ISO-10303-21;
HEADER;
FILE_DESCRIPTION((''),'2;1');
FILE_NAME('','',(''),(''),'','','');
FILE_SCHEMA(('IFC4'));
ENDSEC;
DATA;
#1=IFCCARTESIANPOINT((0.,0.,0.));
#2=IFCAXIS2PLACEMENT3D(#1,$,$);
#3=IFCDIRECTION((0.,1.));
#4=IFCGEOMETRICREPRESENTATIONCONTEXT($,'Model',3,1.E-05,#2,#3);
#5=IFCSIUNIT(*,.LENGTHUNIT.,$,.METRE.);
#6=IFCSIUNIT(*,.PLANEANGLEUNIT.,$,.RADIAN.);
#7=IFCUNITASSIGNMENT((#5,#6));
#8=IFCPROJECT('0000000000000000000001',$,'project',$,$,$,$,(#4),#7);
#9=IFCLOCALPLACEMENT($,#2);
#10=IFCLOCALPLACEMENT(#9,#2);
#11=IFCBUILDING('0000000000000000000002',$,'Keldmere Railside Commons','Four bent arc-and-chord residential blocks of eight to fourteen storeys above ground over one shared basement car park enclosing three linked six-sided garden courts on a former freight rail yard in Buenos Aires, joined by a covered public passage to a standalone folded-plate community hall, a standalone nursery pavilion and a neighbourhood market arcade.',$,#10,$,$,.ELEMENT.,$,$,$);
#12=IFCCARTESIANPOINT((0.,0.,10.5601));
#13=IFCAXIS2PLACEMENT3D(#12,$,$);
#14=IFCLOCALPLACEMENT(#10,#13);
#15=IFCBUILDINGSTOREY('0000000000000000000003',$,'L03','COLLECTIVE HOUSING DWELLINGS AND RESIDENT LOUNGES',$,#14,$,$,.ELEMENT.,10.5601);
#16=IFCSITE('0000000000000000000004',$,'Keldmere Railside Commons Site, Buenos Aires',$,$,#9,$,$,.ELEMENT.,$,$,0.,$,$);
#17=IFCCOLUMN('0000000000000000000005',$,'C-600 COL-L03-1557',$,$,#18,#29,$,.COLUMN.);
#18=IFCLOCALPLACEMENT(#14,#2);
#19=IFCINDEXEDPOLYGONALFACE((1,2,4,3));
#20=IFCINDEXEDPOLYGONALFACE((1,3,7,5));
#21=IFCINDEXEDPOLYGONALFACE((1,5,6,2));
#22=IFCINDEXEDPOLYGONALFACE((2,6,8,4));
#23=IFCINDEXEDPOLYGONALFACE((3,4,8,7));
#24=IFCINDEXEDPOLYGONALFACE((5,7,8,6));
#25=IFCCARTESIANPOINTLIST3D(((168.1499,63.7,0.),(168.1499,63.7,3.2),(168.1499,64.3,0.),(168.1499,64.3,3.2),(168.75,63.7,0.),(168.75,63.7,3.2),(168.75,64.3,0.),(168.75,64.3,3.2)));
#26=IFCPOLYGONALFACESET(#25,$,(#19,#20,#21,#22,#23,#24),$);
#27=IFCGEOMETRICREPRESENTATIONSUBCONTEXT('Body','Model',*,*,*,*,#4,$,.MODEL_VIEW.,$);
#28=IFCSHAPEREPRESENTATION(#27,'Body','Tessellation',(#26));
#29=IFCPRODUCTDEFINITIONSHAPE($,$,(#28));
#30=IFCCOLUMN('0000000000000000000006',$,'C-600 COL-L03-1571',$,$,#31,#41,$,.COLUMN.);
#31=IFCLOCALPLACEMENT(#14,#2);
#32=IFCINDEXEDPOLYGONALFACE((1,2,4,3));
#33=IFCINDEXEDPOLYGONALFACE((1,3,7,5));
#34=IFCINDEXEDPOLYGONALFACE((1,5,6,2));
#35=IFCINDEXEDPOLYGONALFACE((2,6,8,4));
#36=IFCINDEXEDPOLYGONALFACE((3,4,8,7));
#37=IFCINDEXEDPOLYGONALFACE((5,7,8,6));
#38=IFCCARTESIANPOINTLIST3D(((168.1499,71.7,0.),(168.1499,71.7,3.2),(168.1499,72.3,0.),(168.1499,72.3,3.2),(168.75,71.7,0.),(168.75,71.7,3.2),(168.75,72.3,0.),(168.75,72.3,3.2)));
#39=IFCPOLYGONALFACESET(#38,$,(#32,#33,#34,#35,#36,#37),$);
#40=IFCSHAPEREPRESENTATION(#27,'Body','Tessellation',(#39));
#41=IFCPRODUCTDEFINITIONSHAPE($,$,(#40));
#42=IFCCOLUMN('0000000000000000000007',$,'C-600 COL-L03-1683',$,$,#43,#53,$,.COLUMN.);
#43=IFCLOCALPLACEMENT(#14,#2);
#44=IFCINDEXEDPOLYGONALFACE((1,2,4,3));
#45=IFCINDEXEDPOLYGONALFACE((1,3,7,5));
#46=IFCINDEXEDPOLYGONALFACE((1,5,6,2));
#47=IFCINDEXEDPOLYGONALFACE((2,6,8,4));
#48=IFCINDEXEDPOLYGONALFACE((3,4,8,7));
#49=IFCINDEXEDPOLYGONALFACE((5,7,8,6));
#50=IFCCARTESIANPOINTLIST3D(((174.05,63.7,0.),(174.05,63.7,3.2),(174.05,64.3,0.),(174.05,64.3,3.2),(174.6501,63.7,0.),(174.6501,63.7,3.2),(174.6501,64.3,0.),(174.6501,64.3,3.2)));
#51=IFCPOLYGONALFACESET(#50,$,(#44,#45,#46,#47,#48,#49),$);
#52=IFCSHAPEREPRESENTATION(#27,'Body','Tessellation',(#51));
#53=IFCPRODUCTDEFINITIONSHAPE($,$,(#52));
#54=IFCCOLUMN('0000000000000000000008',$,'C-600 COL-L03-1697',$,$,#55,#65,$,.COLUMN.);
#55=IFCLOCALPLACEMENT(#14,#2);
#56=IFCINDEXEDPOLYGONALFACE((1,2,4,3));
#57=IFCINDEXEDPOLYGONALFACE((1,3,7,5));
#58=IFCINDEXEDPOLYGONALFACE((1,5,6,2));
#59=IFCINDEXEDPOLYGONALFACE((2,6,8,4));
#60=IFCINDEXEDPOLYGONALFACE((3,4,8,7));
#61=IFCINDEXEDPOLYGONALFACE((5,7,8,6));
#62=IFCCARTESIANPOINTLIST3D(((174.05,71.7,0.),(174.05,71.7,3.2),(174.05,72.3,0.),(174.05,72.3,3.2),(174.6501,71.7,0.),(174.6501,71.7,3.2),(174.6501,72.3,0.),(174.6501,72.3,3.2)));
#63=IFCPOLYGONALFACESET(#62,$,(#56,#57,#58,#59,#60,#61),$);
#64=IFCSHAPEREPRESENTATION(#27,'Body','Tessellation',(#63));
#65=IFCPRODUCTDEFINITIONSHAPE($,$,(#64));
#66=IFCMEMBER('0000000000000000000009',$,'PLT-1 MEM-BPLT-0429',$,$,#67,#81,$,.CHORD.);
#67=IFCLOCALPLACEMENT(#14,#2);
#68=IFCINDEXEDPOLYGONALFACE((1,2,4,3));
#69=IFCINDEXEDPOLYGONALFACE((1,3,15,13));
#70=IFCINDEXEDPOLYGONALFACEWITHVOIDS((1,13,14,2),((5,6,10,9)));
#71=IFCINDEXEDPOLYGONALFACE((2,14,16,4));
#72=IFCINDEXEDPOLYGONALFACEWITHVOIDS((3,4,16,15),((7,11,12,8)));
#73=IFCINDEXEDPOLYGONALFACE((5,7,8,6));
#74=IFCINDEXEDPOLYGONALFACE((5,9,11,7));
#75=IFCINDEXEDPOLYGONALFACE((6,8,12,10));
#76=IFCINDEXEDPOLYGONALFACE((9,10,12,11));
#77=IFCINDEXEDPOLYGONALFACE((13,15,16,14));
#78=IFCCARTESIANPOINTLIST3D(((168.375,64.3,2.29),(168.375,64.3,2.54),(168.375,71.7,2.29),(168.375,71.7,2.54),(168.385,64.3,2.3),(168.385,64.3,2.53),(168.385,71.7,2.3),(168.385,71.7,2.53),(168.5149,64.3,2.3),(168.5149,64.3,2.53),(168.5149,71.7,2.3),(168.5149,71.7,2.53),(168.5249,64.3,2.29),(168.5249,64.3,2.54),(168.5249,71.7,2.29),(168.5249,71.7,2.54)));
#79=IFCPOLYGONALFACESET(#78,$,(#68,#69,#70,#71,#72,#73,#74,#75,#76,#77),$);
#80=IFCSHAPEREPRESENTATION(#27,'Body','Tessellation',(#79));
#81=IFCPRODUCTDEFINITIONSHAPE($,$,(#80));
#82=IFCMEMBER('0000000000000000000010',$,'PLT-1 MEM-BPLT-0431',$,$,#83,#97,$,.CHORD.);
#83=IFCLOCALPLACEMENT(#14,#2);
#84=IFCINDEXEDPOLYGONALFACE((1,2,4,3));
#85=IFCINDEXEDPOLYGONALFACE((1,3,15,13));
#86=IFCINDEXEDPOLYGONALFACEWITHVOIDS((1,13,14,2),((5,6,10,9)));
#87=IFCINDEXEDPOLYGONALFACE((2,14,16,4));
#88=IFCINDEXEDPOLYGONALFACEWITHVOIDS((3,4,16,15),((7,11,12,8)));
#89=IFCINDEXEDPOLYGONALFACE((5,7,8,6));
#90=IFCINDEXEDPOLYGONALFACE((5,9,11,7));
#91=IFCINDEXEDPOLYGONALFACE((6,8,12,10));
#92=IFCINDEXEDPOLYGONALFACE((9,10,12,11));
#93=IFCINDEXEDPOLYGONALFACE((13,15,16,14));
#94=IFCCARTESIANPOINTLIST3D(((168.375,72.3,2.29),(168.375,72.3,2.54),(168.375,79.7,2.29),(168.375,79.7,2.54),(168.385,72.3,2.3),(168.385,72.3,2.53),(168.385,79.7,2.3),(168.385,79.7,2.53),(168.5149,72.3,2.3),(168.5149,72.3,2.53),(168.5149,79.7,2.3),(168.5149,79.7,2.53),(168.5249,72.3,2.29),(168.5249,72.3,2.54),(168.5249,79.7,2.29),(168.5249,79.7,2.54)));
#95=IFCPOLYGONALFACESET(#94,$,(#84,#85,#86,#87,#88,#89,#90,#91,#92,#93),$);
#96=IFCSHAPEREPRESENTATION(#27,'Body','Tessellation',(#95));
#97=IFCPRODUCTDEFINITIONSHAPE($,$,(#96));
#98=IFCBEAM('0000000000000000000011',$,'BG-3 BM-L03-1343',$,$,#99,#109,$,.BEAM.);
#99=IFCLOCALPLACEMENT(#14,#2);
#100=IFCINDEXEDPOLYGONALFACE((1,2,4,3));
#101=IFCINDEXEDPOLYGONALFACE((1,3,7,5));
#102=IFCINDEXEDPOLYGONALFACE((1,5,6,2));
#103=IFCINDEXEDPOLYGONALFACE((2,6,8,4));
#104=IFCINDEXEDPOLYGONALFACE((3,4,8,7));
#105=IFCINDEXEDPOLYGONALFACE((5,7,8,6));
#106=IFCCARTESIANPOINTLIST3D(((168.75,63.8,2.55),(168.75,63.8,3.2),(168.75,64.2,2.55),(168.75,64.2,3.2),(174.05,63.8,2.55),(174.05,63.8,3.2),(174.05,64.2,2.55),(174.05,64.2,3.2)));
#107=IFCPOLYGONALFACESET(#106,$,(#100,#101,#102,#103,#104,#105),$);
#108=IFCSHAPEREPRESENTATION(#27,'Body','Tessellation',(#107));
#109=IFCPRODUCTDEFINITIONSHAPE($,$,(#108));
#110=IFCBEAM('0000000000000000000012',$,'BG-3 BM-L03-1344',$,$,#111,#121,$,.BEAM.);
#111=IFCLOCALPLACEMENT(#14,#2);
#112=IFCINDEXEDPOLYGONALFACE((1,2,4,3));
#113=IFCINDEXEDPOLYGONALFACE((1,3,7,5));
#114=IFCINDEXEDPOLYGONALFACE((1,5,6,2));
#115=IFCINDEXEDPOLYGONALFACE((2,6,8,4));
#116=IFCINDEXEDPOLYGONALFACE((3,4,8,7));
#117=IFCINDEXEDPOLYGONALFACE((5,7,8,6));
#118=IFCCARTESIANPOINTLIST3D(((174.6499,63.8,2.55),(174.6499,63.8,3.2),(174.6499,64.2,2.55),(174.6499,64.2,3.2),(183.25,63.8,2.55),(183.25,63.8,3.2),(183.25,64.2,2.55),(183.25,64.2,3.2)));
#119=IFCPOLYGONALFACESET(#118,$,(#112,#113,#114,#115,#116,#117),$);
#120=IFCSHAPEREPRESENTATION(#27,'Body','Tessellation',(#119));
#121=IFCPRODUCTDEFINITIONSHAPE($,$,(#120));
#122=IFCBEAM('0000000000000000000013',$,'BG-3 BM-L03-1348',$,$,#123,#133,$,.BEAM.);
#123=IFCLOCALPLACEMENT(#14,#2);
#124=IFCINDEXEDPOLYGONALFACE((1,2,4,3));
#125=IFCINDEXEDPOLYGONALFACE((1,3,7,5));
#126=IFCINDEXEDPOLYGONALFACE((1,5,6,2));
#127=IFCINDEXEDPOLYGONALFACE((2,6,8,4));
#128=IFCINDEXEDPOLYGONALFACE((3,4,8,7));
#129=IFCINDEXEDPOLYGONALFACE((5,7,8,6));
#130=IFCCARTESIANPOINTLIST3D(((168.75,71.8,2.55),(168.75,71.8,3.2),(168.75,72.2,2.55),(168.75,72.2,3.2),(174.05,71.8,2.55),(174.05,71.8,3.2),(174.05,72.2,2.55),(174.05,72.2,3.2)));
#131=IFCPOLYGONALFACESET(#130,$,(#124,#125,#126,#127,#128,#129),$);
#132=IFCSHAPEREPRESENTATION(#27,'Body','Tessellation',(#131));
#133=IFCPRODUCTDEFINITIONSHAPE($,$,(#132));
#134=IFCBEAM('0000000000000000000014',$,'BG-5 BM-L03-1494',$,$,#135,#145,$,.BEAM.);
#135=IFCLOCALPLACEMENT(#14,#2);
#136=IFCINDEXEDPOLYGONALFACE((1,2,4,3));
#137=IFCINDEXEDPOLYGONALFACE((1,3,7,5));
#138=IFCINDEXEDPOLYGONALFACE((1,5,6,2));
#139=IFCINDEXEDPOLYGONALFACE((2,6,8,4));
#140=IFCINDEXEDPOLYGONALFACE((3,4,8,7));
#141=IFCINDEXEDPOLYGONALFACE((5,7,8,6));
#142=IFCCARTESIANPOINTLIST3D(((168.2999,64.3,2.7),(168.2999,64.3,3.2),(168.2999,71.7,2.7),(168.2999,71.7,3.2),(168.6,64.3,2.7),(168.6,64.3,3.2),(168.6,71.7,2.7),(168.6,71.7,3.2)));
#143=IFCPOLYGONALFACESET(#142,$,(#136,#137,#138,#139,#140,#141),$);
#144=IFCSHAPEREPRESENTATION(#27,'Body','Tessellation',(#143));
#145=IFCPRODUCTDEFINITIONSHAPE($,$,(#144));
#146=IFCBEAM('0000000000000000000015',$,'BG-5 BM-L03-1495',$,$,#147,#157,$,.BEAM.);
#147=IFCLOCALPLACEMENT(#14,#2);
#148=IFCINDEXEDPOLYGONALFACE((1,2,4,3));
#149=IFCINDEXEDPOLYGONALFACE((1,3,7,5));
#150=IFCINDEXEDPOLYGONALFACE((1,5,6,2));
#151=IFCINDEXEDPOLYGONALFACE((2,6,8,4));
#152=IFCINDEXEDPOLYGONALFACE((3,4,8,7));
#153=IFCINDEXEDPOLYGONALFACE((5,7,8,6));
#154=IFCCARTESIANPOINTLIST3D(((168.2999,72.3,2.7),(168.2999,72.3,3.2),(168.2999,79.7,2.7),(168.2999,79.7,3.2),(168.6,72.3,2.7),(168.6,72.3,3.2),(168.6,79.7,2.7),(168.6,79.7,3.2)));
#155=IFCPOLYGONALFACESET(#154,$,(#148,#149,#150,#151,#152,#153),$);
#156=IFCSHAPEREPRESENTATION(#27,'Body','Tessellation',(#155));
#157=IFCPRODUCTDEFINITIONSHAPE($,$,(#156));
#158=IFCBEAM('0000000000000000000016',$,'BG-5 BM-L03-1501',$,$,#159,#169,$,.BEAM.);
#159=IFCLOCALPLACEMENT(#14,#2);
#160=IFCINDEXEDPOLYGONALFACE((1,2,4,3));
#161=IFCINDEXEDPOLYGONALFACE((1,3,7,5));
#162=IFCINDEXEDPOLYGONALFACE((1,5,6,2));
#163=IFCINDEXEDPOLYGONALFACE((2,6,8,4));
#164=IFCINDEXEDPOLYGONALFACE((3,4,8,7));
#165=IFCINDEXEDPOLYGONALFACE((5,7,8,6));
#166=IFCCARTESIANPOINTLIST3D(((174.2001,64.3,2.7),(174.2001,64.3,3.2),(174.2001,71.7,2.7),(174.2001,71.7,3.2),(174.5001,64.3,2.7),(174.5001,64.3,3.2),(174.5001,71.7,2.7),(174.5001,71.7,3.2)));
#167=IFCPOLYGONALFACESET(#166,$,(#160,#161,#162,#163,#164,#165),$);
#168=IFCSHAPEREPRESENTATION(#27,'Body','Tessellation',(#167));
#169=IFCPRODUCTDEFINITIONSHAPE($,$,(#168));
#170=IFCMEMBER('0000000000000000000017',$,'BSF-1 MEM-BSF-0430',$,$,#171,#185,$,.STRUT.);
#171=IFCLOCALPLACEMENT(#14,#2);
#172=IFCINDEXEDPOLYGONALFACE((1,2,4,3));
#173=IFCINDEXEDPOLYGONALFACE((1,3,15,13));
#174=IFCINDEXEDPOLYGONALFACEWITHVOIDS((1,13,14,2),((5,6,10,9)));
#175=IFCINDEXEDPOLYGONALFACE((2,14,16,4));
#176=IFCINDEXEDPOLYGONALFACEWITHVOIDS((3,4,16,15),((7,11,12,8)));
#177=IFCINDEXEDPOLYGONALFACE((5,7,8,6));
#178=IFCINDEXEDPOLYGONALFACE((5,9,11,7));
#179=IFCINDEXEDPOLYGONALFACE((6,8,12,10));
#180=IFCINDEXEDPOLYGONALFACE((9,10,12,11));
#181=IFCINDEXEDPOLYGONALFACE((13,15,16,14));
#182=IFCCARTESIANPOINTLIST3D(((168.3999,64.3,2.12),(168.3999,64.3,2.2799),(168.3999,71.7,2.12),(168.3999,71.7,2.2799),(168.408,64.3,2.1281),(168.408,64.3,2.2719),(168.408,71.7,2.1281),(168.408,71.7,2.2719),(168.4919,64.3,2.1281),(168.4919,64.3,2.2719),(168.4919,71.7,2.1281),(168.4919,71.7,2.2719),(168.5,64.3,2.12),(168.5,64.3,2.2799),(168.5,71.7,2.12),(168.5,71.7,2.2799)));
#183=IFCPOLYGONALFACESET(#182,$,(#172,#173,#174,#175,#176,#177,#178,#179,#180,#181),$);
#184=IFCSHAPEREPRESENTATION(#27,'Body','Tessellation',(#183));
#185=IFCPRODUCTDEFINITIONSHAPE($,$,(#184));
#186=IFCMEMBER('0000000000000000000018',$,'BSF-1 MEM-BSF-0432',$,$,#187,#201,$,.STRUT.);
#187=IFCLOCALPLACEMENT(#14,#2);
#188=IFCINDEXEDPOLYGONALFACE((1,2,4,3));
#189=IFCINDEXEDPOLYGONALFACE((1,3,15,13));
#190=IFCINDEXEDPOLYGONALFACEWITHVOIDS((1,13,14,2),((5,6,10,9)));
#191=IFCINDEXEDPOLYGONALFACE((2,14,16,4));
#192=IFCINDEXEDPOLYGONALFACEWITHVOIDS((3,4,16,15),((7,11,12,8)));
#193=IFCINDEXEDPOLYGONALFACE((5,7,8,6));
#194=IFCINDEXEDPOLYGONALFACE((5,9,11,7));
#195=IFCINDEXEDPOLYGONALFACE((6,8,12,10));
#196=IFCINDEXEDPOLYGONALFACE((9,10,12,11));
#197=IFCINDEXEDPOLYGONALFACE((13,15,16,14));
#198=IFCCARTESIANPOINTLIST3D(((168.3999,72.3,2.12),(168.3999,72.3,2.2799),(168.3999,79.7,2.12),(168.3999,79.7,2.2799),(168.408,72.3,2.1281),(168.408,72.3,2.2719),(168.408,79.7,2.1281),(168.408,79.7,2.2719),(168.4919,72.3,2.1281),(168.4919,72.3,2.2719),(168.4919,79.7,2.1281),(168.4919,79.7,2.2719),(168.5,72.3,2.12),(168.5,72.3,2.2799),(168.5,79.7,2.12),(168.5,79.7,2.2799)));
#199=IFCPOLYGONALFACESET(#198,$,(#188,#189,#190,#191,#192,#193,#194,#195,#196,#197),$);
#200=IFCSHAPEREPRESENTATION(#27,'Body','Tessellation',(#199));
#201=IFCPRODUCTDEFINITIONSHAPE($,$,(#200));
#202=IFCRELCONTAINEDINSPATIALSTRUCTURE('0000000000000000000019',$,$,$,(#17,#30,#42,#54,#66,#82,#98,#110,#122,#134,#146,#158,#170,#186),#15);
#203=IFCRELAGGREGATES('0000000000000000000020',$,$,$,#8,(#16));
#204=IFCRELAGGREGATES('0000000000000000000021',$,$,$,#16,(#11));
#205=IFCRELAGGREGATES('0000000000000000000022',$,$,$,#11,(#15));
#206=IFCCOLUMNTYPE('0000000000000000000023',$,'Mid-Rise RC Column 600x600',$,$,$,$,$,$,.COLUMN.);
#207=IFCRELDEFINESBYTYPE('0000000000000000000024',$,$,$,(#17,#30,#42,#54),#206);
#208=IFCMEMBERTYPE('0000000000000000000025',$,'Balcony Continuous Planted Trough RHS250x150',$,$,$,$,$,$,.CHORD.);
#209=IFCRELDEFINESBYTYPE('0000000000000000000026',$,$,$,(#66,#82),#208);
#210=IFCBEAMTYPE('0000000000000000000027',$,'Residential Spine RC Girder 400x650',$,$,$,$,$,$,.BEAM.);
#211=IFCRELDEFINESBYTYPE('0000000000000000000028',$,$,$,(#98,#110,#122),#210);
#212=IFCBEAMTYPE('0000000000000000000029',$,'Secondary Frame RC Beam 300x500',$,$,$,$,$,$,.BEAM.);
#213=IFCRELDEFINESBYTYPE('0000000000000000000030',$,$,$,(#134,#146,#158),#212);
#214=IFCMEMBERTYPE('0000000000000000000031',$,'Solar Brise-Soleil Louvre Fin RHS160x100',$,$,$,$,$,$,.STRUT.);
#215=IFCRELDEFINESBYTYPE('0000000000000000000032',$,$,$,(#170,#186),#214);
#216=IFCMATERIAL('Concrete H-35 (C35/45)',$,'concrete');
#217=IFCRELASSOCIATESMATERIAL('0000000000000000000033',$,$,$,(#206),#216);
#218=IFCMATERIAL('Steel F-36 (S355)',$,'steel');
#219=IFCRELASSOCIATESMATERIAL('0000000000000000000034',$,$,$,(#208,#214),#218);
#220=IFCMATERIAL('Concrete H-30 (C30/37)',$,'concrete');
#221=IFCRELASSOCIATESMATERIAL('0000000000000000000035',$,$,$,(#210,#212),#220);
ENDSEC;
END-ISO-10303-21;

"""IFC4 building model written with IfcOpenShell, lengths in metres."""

from ifc_helpers import new_model, si_unit, direction, frame, origin, origin_2d, place, context, subcontext, project, spatial, rectangle, hollow_rectangle, extrude, material, material_profile, profile_set, type_object, element, save


model = new_model("IFC4")

# Units and contexts
model_context = context("Model", 3, precision=1e-05, world=origin(), true_north=direction((0.0, 1.0)))
body_context = subcontext(model_context, "Body", "Model", "MODEL_VIEW")
ifc_project = project(units=[si_unit("LENGTHUNIT", "METRE"), si_unit("PLANEANGLEUNIT", "RADIAN")], contexts=[model_context])

# Site, building, storey
site_placement = place(None, origin())
site = spatial("IfcSite", under=ifc_project, at=site_placement, Name="Keldmere Railside Commons Site, Buenos Aires", CompositionType="ELEMENT", RefElevation=0.0)
building_placement = place(site_placement, origin())
building = spatial("IfcBuilding", under=site, at=building_placement, Name="Keldmere Railside Commons", Description="Four bent arc-and-chord residential blocks of eight to fourteen storeys above ground over one shared basement car park enclosing three linked six-sided garden courts on a former freight rail yard in Buenos Aires, joined by a covered public passage to a standalone folded-plate community hall, a standalone nursery pavilion and a neighbourhood market arcade.", CompositionType="ELEMENT")
storey_placement = place(building_placement, frame((0.0, 0.0, 10.5601)))
storey = spatial("IfcBuildingStorey", under=building, at=storey_placement, Name="L03", Description="COLLECTIVE HOUSING DWELLINGS AND RESIDENT LOUNGES", CompositionType="ELEMENT", Elevation=10.5601)

# Columns
ifc_material_1 = material(Name="Concrete H-35 (C35/45)", Category="concrete")
ifc_material_profile_1 = material_profile(ifc_material_1, rectangle(XDim=0.6001, YDim=0.6001, at=origin_2d()), Name="RC-600x600")
ifc_profile_set_1 = profile_set([ifc_material_profile_1], Name="Concrete H-35 (C35/45)")
column_type = type_object("IfcColumnType", Name="Mid-Rise RC Column 600x600", PredefinedType="COLUMN", material=ifc_profile_set_1)
for number, where, z_axis, x_axis, name in (
    (1, (168.45, 64.0, 0.0), (0.0, 0.0, 1.0), (1.0, 0.0, 0.0), "C-600 COL-L03-1557"),
    (2, (168.45, 72.0, 0.0), (0.0, 0.0, 1.0), (1.0, 0.0, 0.0), "C-600 COL-L03-1571"),
    (3, (174.3501, 64.0, 0.0), (0.0, 0.0, 1.0), (1.0, 0.0, 0.0), "C-600 COL-L03-1683"),
    (4, (174.3501, 72.0, 0.0), (0.0, 0.0, 1.0), (1.0, 0.0, 0.0), "C-600 COL-L03-1697"),
):
    element("IfcColumn", number, at=place(storey_placement, frame(where, z_axis=z_axis, x_axis=x_axis)), inside=storey, type_object=column_type, Name=name, PredefinedType="COLUMN", context=body_context, shape_type="SweptSolid", body=[
        extrude(rectangle(XDim=0.6001, YDim=0.6001, at=origin_2d()), origin(), (0.0, 0.0, 1.0), 3.2),
    ])

# Members
ifc_material_2 = material(Name="Steel F-36 (S355)", Category="steel")
ifc_material_profile_2 = material_profile(ifc_material_2, hollow_rectangle(XDim=0.1499, YDim=0.25, WallThickness=0.01, at=origin_2d()), Name="RHS-250x150x10")
ifc_profile_set_2 = profile_set([ifc_material_profile_2], Name="Steel F-36 (S355)")
member_type_1 = type_object("IfcMemberType", Name="Balcony Continuous Planted Trough RHS250x150", PredefinedType="CHORD", material=ifc_profile_set_2)
for number, where, z_axis, x_axis, name in (
    (5, (168.45, 64.3, 2.415), (0.0, 1.0, 0.0), (-1.0, 0.0, 0.0), "PLT-1 MEM-BPLT-0429"),
    (6, (168.45, 72.3, 2.415), (0.0, 1.0, 0.0), (-1.0, 0.0, 0.0), "PLT-1 MEM-BPLT-0431"),
):
    element("IfcMember", number, at=place(storey_placement, frame(where, z_axis=z_axis, x_axis=x_axis)), inside=storey, type_object=member_type_1, Name=name, PredefinedType="CHORD", context=body_context, shape_type="SweptSolid", body=[
        extrude(hollow_rectangle(XDim=0.1499, YDim=0.25, WallThickness=0.01, at=origin_2d()), origin(), (0.0, 0.0, 1.0), 7.3999),
    ])

# Beams
ifc_material_3 = material(Name="Concrete H-30 (C30/37)", Category="concrete")
ifc_material_profile_3 = material_profile(ifc_material_3, rectangle(XDim=0.3999, YDim=0.6499, at=origin_2d()), Name="RC-400x650")
ifc_profile_set_3 = profile_set([ifc_material_profile_3], Name="Concrete H-30 (C30/37)")
beam_type_1 = type_object("IfcBeamType", Name="Residential Spine RC Girder 400x650", PredefinedType="BEAM", material=ifc_profile_set_3)
beam_1_placement = place(storey_placement, frame((168.75, 64.0, 2.875), z_axis=(1.0, 0.0, 0.0), x_axis=(0.0, 1.0, 0.0)))
element("IfcBeam", 7, at=beam_1_placement, inside=storey, type_object=beam_type_1, Name="BG-3 BM-L03-1343", PredefinedType="BEAM", context=body_context, shape_type="SweptSolid", body=[
    extrude(rectangle(XDim=0.3999, YDim=0.6499, at=origin_2d()), origin(), (0.0, 0.0, 1.0), 5.3),
])
beam_2_placement = place(storey_placement, frame((174.6499, 64.0, 2.875), z_axis=(1.0, 0.0, 0.0), x_axis=(0.0, 1.0, 0.0)))
element("IfcBeam", 8, at=beam_2_placement, inside=storey, type_object=beam_type_1, Name="BG-3 BM-L03-1344", PredefinedType="BEAM", context=body_context, shape_type="SweptSolid", body=[
    extrude(rectangle(XDim=0.3999, YDim=0.6499, at=origin_2d()), origin(), (0.0, 0.0, 1.0), 8.6001),
])
beam_3_placement = place(storey_placement, frame((168.75, 72.0, 2.875), z_axis=(1.0, 0.0, 0.0), x_axis=(0.0, 1.0, 0.0)))
element("IfcBeam", 9, at=beam_3_placement, inside=storey, type_object=beam_type_1, Name="BG-3 BM-L03-1348", PredefinedType="BEAM", context=body_context, shape_type="SweptSolid", body=[
    extrude(rectangle(XDim=0.3999, YDim=0.6499, at=origin_2d()), origin(), (0.0, 0.0, 1.0), 5.3),
])
ifc_material_profile_4 = material_profile(ifc_material_3, rectangle(XDim=0.3, YDim=0.5, at=origin_2d()), Name="RC-300x500")
ifc_profile_set_4 = profile_set([ifc_material_profile_4], Name="Concrete H-30 (C30/37)")
beam_type_2 = type_object("IfcBeamType", Name="Secondary Frame RC Beam 300x500", PredefinedType="BEAM", material=ifc_profile_set_4)
for number, where, z_axis, x_axis, name in (
    (10, (168.45, 64.3, 2.95), (0.0, 1.0, 0.0), (-1.0, 0.0, 0.0), "BG-5 BM-L03-1494"),
    (11, (168.45, 72.3, 2.95), (0.0, 1.0, 0.0), (-1.0, 0.0, 0.0), "BG-5 BM-L03-1495"),
    (12, (174.3501, 64.3, 2.95), (0.0, 1.0, 0.0), (-1.0, 0.0, 0.0), "BG-5 BM-L03-1501"),
):
    element("IfcBeam", number, at=place(storey_placement, frame(where, z_axis=z_axis, x_axis=x_axis)), inside=storey, type_object=beam_type_2, Name=name, PredefinedType="BEAM", context=body_context, shape_type="SweptSolid", body=[
        extrude(rectangle(XDim=0.3, YDim=0.5, at=origin_2d()), origin(), (0.0, 0.0, 1.0), 7.3999),
    ])

# Members
ifc_material_profile_5 = material_profile(ifc_material_2, hollow_rectangle(XDim=0.1001, YDim=0.1599, WallThickness=0.0081, at=origin_2d()), Name="RHS-160x100x8")
ifc_profile_set_5 = profile_set([ifc_material_profile_5], Name="Steel F-36 (S355)")
member_type_2 = type_object("IfcMemberType", Name="Solar Brise-Soleil Louvre Fin RHS160x100", PredefinedType="STRUT", material=ifc_profile_set_5)
for number, where, z_axis, x_axis, name in (
    (13, (168.45, 64.3, 2.2), (0.0, 1.0, 0.0), (-1.0, 0.0, 0.0), "BSF-1 MEM-BSF-0430"),
    (14, (168.45, 72.3, 2.2), (0.0, 1.0, 0.0), (-1.0, 0.0, 0.0), "BSF-1 MEM-BSF-0432"),
):
    element("IfcMember", number, at=place(storey_placement, frame(where, z_axis=z_axis, x_axis=x_axis)), inside=storey, type_object=member_type_2, Name=name, PredefinedType="STRUT", context=body_context, shape_type="SweptSolid", body=[
        extrude(hollow_rectangle(XDim=0.1001, YDim=0.1599, WallThickness=0.0081, at=origin_2d()), origin(), (0.0, 0.0, 1.0), 7.3999),
    ])

save(model, "model.ifc")
